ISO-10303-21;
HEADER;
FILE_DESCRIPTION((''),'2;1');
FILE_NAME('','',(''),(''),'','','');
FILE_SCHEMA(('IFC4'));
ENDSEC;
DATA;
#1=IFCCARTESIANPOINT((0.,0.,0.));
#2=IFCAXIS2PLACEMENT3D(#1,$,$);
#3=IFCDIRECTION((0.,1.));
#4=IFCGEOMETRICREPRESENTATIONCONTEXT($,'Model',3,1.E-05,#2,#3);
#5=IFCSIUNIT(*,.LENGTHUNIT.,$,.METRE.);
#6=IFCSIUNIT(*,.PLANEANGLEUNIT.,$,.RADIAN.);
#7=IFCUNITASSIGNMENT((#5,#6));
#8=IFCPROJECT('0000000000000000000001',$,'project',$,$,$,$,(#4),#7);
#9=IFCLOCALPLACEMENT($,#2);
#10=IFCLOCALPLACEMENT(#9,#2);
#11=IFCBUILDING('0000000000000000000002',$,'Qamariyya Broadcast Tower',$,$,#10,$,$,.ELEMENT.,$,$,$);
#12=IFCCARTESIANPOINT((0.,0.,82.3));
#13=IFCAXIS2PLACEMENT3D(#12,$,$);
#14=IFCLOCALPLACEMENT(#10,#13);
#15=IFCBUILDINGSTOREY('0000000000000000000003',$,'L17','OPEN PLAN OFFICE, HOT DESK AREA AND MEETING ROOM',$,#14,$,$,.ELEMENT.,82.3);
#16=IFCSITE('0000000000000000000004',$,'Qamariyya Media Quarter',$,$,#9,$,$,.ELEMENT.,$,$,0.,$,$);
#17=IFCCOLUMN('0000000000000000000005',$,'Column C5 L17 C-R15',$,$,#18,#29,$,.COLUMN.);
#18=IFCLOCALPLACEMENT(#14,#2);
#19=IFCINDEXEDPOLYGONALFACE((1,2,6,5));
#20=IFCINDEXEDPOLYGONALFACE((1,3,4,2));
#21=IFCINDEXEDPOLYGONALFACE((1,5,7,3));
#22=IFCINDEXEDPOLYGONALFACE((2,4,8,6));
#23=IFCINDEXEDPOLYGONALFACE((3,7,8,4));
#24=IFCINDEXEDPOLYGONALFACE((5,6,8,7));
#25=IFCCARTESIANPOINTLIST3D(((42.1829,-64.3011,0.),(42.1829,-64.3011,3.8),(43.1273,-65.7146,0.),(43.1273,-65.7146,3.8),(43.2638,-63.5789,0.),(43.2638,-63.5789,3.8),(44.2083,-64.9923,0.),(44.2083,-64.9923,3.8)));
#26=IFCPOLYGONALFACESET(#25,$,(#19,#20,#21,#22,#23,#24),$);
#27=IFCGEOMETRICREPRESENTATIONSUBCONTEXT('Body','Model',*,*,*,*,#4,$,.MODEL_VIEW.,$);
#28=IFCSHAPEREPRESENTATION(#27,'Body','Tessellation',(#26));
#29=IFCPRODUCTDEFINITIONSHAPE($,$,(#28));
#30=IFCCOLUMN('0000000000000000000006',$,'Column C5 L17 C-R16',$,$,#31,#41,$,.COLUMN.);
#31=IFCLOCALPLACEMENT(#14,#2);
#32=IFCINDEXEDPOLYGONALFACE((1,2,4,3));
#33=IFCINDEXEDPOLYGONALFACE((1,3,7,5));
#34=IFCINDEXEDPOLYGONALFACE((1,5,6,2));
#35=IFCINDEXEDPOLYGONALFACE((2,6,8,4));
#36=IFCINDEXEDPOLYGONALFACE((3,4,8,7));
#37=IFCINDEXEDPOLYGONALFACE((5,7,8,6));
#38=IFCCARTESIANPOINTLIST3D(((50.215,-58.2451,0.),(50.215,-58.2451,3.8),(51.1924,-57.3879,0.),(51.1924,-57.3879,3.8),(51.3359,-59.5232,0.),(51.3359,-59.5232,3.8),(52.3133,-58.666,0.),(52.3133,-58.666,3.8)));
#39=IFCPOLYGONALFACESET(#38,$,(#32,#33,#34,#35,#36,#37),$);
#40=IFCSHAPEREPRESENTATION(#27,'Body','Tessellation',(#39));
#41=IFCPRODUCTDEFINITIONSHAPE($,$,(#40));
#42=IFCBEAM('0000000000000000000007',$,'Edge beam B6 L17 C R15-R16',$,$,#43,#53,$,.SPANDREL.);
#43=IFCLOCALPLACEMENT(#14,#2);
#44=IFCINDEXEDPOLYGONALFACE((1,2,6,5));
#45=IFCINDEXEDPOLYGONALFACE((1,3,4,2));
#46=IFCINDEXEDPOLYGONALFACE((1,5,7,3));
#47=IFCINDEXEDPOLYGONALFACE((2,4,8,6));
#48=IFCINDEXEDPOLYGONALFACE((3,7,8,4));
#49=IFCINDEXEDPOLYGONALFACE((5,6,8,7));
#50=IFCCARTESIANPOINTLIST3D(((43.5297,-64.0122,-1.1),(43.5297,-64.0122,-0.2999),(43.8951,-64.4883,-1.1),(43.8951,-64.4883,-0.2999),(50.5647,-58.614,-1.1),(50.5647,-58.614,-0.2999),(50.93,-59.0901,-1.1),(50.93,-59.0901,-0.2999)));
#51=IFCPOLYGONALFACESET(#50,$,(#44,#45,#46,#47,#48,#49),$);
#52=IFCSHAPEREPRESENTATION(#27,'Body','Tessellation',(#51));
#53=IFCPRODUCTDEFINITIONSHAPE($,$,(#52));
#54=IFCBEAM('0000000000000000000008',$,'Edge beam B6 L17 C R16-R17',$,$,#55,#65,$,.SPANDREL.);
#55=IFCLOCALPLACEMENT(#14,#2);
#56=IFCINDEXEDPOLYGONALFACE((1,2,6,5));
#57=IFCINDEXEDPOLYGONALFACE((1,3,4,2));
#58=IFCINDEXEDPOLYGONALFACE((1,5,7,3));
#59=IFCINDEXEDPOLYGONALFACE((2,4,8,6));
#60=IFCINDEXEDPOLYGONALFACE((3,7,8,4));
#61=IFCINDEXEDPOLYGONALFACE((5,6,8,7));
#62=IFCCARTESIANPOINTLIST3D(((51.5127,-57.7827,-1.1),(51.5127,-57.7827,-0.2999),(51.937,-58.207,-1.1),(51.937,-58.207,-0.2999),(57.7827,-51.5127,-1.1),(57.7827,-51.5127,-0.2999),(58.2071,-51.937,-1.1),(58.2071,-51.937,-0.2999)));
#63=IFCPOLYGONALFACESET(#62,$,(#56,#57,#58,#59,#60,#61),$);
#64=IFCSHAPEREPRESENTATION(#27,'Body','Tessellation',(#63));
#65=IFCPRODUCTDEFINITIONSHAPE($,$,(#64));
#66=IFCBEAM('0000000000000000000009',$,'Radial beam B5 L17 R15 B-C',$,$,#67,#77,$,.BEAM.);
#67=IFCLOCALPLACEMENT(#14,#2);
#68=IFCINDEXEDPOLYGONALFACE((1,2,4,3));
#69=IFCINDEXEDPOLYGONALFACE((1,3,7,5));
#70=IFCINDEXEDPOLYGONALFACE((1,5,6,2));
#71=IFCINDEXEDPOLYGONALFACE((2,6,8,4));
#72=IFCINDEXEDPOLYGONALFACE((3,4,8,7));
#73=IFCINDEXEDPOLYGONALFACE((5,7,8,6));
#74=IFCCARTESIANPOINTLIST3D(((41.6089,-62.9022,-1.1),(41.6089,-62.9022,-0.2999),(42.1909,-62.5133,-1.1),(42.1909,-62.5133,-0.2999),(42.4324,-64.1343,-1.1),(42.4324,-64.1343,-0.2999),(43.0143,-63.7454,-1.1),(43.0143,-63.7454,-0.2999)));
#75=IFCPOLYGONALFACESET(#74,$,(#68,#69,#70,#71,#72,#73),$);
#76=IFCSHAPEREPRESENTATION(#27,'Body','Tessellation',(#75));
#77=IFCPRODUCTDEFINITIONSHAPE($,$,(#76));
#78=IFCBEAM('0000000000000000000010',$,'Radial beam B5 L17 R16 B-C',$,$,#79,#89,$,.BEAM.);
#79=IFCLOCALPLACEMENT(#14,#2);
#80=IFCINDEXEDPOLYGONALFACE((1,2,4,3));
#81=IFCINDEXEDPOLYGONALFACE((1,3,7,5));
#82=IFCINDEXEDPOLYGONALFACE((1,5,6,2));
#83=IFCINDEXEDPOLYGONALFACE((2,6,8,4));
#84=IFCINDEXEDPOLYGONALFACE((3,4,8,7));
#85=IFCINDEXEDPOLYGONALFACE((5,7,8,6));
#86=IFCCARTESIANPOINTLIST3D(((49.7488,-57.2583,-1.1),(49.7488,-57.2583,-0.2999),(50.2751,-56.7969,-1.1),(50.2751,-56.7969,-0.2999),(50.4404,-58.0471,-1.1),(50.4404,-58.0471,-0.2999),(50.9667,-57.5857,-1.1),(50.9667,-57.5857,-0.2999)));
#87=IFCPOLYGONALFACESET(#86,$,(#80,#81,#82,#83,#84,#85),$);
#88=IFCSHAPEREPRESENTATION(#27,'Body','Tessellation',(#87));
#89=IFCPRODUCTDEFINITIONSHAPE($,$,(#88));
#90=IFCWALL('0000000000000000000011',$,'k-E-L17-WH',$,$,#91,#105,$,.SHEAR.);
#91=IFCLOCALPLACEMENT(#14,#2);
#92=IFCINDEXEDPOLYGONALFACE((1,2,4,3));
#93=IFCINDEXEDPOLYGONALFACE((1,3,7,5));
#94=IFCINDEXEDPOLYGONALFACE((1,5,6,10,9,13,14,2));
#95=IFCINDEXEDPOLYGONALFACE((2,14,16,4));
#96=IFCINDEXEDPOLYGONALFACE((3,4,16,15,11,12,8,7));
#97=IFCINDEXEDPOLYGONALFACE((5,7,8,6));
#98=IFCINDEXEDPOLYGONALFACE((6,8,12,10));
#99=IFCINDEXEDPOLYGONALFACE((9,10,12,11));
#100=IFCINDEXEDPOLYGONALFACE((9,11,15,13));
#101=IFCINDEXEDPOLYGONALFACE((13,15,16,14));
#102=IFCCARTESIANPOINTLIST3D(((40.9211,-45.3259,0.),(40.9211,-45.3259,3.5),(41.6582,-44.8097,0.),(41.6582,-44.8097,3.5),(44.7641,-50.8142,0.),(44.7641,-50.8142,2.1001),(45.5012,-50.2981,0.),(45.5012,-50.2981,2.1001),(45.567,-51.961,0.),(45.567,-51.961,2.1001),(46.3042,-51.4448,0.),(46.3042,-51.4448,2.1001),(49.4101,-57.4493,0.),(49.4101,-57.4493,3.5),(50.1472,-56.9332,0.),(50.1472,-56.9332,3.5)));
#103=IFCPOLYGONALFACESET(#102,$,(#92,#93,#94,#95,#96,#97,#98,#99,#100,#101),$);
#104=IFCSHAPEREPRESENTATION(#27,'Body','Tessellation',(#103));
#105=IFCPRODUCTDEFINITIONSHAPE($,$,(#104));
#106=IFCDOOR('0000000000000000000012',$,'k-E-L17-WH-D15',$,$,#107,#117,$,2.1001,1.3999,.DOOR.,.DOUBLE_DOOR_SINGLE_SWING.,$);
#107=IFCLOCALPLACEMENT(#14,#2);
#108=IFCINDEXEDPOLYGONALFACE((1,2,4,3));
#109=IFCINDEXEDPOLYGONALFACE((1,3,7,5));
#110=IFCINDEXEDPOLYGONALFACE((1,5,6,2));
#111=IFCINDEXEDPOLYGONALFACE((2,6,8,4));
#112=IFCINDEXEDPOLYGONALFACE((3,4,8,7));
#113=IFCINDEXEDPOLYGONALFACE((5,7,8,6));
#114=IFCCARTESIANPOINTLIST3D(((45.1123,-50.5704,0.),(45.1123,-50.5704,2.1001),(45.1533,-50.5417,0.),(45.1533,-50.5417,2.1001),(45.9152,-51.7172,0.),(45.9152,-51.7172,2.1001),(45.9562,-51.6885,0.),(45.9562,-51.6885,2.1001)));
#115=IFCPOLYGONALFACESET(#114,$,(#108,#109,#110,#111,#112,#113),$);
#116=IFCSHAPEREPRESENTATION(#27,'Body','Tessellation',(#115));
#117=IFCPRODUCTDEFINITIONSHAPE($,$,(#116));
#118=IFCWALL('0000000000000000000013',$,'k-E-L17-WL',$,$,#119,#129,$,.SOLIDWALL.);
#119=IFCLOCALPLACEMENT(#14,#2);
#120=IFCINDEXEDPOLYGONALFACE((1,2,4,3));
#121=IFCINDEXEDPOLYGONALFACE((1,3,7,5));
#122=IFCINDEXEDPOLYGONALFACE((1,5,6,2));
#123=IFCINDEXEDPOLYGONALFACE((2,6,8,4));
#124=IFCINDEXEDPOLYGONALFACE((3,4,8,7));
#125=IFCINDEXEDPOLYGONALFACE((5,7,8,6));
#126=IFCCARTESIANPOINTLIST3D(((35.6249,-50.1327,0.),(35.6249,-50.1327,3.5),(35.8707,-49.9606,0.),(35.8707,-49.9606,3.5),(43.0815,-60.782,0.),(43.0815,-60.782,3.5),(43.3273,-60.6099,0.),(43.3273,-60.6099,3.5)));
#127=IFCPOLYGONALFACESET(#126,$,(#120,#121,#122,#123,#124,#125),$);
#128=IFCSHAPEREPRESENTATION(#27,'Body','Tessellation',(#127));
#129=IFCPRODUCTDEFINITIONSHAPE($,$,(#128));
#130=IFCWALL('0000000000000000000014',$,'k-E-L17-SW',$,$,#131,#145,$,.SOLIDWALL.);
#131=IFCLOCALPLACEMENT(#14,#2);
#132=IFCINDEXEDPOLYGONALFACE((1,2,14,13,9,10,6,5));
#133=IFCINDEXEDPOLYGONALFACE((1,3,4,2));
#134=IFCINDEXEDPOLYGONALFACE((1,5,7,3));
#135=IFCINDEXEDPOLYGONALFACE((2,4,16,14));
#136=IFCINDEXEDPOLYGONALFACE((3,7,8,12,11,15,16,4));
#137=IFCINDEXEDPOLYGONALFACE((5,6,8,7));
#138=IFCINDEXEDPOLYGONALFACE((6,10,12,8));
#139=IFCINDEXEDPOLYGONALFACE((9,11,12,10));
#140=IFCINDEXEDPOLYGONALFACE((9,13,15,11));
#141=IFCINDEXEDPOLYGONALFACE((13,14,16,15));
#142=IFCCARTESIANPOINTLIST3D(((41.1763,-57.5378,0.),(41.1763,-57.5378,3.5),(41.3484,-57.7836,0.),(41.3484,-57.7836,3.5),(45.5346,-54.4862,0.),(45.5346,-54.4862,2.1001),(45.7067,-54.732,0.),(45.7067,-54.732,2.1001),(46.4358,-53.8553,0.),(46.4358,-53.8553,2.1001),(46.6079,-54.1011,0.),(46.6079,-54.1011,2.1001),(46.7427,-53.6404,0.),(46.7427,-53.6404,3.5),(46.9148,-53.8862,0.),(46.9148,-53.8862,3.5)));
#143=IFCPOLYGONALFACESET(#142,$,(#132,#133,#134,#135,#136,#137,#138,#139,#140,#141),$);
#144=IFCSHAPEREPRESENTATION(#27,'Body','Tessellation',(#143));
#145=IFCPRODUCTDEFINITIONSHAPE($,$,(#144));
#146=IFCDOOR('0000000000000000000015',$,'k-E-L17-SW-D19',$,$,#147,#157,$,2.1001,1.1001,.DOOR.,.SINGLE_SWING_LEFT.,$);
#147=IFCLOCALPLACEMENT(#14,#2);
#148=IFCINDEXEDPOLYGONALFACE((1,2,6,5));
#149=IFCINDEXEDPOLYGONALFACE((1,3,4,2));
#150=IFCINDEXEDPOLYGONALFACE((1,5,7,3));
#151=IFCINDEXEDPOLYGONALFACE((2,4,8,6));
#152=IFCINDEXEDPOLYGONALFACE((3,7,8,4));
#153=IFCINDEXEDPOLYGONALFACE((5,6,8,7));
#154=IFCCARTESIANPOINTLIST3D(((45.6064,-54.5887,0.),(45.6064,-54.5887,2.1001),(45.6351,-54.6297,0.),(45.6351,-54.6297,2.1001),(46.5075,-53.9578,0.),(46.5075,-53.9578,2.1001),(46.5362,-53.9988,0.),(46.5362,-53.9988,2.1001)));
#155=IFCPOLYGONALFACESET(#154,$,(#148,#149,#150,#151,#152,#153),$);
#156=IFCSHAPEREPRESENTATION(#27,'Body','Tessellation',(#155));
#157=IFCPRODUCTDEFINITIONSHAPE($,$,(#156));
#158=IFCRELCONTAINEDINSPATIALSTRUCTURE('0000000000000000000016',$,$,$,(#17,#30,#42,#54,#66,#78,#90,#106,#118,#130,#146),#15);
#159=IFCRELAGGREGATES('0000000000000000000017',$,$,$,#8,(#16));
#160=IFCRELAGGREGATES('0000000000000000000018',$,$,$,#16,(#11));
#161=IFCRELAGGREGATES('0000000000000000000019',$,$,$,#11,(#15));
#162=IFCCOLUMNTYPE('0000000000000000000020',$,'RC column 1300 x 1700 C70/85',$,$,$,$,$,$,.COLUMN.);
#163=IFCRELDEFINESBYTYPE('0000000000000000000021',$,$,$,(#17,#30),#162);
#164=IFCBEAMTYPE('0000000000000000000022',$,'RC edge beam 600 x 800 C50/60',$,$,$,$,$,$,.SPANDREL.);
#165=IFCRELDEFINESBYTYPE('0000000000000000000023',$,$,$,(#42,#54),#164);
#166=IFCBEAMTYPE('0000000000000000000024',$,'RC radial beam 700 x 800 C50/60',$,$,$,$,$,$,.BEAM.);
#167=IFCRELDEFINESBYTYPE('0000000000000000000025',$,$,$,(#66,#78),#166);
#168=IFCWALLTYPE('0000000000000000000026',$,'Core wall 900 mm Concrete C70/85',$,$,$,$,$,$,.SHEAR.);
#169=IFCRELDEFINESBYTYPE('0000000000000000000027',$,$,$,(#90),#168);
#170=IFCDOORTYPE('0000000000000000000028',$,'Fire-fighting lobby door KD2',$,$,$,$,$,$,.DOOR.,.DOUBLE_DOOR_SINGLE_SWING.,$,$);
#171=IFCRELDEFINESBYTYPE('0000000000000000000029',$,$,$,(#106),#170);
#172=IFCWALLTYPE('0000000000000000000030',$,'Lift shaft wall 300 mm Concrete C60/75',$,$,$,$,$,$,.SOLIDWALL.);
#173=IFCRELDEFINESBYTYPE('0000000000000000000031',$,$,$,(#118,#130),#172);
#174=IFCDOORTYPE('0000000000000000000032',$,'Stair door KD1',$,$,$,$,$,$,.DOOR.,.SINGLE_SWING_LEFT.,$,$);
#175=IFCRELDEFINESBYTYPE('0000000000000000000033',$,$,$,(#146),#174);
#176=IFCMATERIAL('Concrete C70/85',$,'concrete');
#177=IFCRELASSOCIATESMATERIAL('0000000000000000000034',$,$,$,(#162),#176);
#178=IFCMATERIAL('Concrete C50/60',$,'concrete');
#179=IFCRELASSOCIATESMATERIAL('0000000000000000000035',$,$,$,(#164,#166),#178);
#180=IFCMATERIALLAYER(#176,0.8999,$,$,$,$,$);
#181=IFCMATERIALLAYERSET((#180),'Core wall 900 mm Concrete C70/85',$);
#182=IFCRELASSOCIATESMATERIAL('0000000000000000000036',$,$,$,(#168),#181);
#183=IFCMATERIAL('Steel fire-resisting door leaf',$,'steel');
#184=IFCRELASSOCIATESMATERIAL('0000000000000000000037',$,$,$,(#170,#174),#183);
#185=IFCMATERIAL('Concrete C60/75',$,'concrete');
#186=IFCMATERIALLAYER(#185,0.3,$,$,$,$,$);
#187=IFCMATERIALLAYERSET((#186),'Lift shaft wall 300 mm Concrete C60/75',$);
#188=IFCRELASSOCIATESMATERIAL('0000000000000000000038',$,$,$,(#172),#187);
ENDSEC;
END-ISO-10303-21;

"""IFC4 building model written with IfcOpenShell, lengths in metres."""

from ifc_helpers import new_model, si_unit, direction, frame, frame_2d, origin, origin_2d, place, context, subcontext, project, spatial, rectangle, extrude, material, layer, layer_set, material_profile, profile_set, type_object, element, fill, save


model = new_model("IFC4")

# Units and contexts
model_context = context("Model", 3, precision=1e-05, world=origin(), true_north=direction((0.0, 1.0)))
body_context = subcontext(model_context, "Body", "Model", "MODEL_VIEW")
ifc_project = project(units=[si_unit("LENGTHUNIT", "METRE"), si_unit("PLANEANGLEUNIT", "RADIAN")], contexts=[model_context])

# Site, building, storey
site_placement = place(None, origin())
site = spatial("IfcSite", under=ifc_project, at=site_placement, Name="Qamariyya Media Quarter", CompositionType="ELEMENT", RefElevation=0.0)
building_placement = place(site_placement, origin())
building = spatial("IfcBuilding", under=site, at=building_placement, Name="Qamariyya Broadcast Tower", CompositionType="ELEMENT")
storey_placement = place(building_placement, frame((0.0, 0.0, 82.3)))
storey = spatial("IfcBuildingStorey", under=building, at=storey_placement, Name="L17", Description="OPEN PLAN OFFICE, HOT DESK AREA AND MEETING ROOM", CompositionType="ELEMENT", Elevation=82.3)

# Columns
ifc_material_1 = material(Name="Concrete C70/85", Category="concrete")
ifc_material_profile_1 = material_profile(ifc_material_1, rectangle(XDim=1.3, YDim=1.7, at=origin_2d()))
ifc_profile_set_1 = profile_set([ifc_material_profile_1], Name="Concrete C70/85")
column_type = type_object("IfcColumnType", Name="RC column 1300 x 1700 C70/85", PredefinedType="COLUMN", material=ifc_profile_set_1)
for number, where, z_axis, x_axis, name in (
    (1, (43.1956, -64.6467, 0.0), (0.0, 0.0, 1.0), (0.83147, 0.55557, 0.0), "Column C5 L17 C-R15"),
    (2, (51.2642, -58.4556, 0.0), (0.0, 0.0, 1.0), (0.75184, 0.659346, 0.0), "Column C5 L17 C-R16"),
):
    element("IfcColumn", number, at=place(storey_placement, frame(where, z_axis=z_axis, x_axis=x_axis)), inside=storey, type_object=column_type, Name=name, PredefinedType="COLUMN", context=body_context, shape_type="SweptSolid", body=[
        extrude(rectangle(XDim=1.3, YDim=1.7, at=origin_2d()), origin(), (0.0, 0.0, 1.0), 3.8),
    ])

# Beams
ifc_material_2 = material(Name="Concrete C50/60", Category="concrete")
ifc_material_profile_2 = material_profile(ifc_material_2, rectangle(XDim=0.6001, YDim=0.8, at=origin_2d()))
ifc_profile_set_2 = profile_set([ifc_material_profile_2], Name="Concrete C50/60")
beam_type_1 = type_object("IfcBeamType", Name="RC edge beam 600 x 800 C50/60", PredefinedType="SPANDREL", material=ifc_profile_set_2)
beam_1_placement = place(storey_placement, frame((43.7124, -64.2502, -0.7), z_axis=(0.793347, 0.60877, 0.0), x_axis=(-0.60877, 0.793347, 0.0)))
element("IfcBeam", 3, at=beam_1_placement, inside=storey, type_object=beam_type_1, Name="Edge beam B6 L17 C R15-R16", PredefinedType="SPANDREL", context=body_context, shape_type="SweptSolid", body=[
    extrude(rectangle(XDim=0.6001, YDim=0.8, at=origin_2d()), origin(), (0.0, 0.0, 1.0), 8.8674),
])
beam_2_placement = place(storey_placement, frame((51.7249, -57.9949, -0.7), z_axis=(0.707107, 0.707107, 0.0), x_axis=(-0.707107, 0.707107, 0.0)))
element("IfcBeam", 4, at=beam_2_placement, inside=storey, type_object=beam_type_1, Name="Edge beam B6 L17 C R16-R17", PredefinedType="SPANDREL", context=body_context, shape_type="SweptSolid", body=[
    extrude(rectangle(XDim=0.6001, YDim=0.8, at=origin_2d()), origin(), (0.0, 0.0, 1.0), 8.8672),
])
ifc_material_profile_3 = material_profile(ifc_material_2, rectangle(XDim=0.7, YDim=0.8, at=origin_2d()))
ifc_profile_set_3 = profile_set([ifc_material_profile_3], Name="Concrete C50/60")
beam_type_2 = type_object("IfcBeamType", Name="RC radial beam 700 x 800 C50/60", PredefinedType="BEAM", material=ifc_profile_set_3)
beam_3_placement = place(storey_placement, frame((41.8999, -62.7078, -0.7), z_axis=(0.55565, -0.831416, 0.0), x_axis=(0.831416, 0.55565, 0.0)))
element("IfcBeam", 5, at=beam_3_placement, inside=storey, type_object=beam_type_2, Name="Radial beam B5 L17 R15 B-C", PredefinedType="BEAM", context=body_context, shape_type="SweptSolid", body=[
    extrude(rectangle(XDim=0.7, YDim=0.8, at=origin_2d()), origin(), (0.0, 0.0, 1.0), 1.4819),
])
beam_4_placement = place(storey_placement, frame((50.012, -57.0276, -0.7), z_axis=(0.659279, -0.751899, 0.0), x_axis=(0.751899, 0.659279, 0.0)))
element("IfcBeam", 6, at=beam_4_placement, inside=storey, type_object=beam_type_2, Name="Radial beam B5 L17 R16 B-C", PredefinedType="BEAM", context=body_context, shape_type="SweptSolid", body=[
    extrude(rectangle(XDim=0.7, YDim=0.8, at=origin_2d()), origin(), (0.0, 0.0, 1.0), 1.0491),
])

# Wall, opening, door
ifc_layer_1 = layer(ifc_material_1, 0.8999)
ifc_layer_set_1 = layer_set([ifc_layer_1], Name="Core wall 900 mm Concrete C70/85")
wall_type_1 = type_object("IfcWallType", Name="Core wall 900 mm Concrete C70/85", PredefinedType="SHEAR", material=ifc_layer_set_1)
wall_1_placement = place(storey_placement, frame((49.7786, -57.1912, 0.0), z_axis=(0.0, 0.0, 1.0), x_axis=(-0.573577, 0.819151, 0.0)))
wall_1 = element("IfcWall", 7, at=wall_1_placement, inside=storey, type_object=wall_type_1, Name="k-E-L17-WH", PredefinedType="SHEAR", context=body_context, shape_type="SweptSolid", body=[
    extrude(rectangle(XDim=14.8, YDim=0.8999, at=frame_2d((7.3999, 0.0))), origin(), (0.0, 0.0, 1.0), 3.5),
])
opening_1_placement = place(wall_1_placement, frame((6.7, 0.0, 0.0)))
opening_1 = element("IfcOpeningElement", 8, at=opening_1_placement, cuts=wall_1, PredefinedType="OPENING", context=body_context, shape_type="SweptSolid", body=[
    extrude(rectangle(XDim=1.3999, YDim=2.1001, at=frame_2d((0.7, 1.05))), frame((0.0, 0.46, 0.0), z_axis=(0.0, -1.0, 0.0), x_axis=(1.0, 0.0, 0.0)), (0.0, 0.0, 1.0), 0.9199),
])
ifc_material_3 = material(Name="Steel fire-resisting door leaf", Category="steel")
door_type_1 = type_object("IfcDoorType", Name="Fire-fighting lobby door KD2", OperationType="DOUBLE_DOOR_SINGLE_SWING", PredefinedType="DOOR", material=ifc_material_3)
door_1_placement = place(opening_1_placement, origin())
door_1 = element("IfcDoor", 9, at=door_1_placement, inside=storey, type_object=door_type_1, Name="k-E-L17-WH-D15", OperationType="DOUBLE_DOOR_SINGLE_SWING", OverallHeight=2.1001, OverallWidth=1.3999, PredefinedType="DOOR", context=body_context, shape_type="SweptSolid", body=[
    extrude(rectangle(XDim=1.3999, YDim=2.1001, at=frame_2d((0.7, 1.05))), frame((0.0, 0.0249, 0.0), z_axis=(0.0, -1.0, 0.0), x_axis=(1.0, 0.0, 0.0)), (0.0, 0.0, 1.0), 0.05),
])
fill(opening_1, door_1)

# Wall
ifc_material_4 = material(Name="Concrete C60/75", Category="concrete")
ifc_layer_2 = layer(ifc_material_4, 0.3)
ifc_layer_set_2 = layer_set([ifc_layer_2], Name="Lift shaft wall 300 mm Concrete C60/75")
wall_type_2 = type_object("IfcWallType", Name="Lift shaft wall 300 mm Concrete C60/75", PredefinedType="SOLIDWALL", material=ifc_layer_set_2)
wall_2_placement = place(storey_placement, frame((43.2043, -60.6958, 0.0), z_axis=(0.0, 0.0, 1.0), x_axis=(-0.573572, 0.819155, 0.0)))
element("IfcWall", 10, at=wall_2_placement, inside=storey, type_object=wall_type_2, Name="k-E-L17-WL", PredefinedType="SOLIDWALL", context=body_context, shape_type="SweptSolid", body=[
    extrude(rectangle(XDim=13.0002, YDim=0.3, at=frame_2d((6.5, 0.0))), origin(), (0.0, 0.0, 1.0), 3.5),
])

# Wall, opening, door
wall_3_placement = place(storey_placement, frame((41.2625, -57.6606, 0.0), z_axis=(0.0, 0.0, 1.0), x_axis=(0.819164, 0.573559, 0.0)))
wall_3 = element("IfcWall", 11, at=wall_3_placement, inside=storey, type_object=wall_type_2, Name="k-E-L17-SW", PredefinedType="SOLIDWALL", context=body_context, shape_type="SweptSolid", body=[
    extrude(rectangle(XDim=6.7952, YDim=0.3, at=frame_2d((3.3975, 0.0))), origin(), (0.0, 0.0, 1.0), 3.5),
])
opening_2_placement = place(wall_3_placement, frame((5.3203, 0.0, 0.0)))
opening_2 = element("IfcOpeningElement", 12, at=opening_2_placement, cuts=wall_3, PredefinedType="OPENING", context=body_context, shape_type="SweptSolid", body=[
    extrude(rectangle(XDim=1.1001, YDim=2.1001, at=frame_2d((0.55, 1.05))), frame((0.0, 0.1599, 0.0), z_axis=(0.0, -1.0, 0.0), x_axis=(1.0, 0.0, 0.0)), (0.0, 0.0, 1.0), 0.3201),
])
door_type_2 = type_object("IfcDoorType", Name="Stair door KD1", OperationType="SINGLE_SWING_LEFT", PredefinedType="DOOR", material=ifc_material_3)
door_2_placement = place(opening_2_placement, origin())
door_2 = element("IfcDoor", 13, at=door_2_placement, inside=storey, type_object=door_type_2, Name="k-E-L17-SW-D19", OperationType="SINGLE_SWING_LEFT", OverallHeight=2.1001, OverallWidth=1.1001, PredefinedType="DOOR", context=body_context, shape_type="SweptSolid", body=[
    extrude(rectangle(XDim=1.1001, YDim=2.1001, at=frame_2d((0.55, 1.05))), frame((0.0, 0.0249, 0.0), z_axis=(0.0, -1.0, 0.0), x_axis=(1.0, 0.0, 0.0)), (0.0, 0.0, 1.0), 0.05),
])
fill(opening_2, door_2)

save(model, "model.ifc")
